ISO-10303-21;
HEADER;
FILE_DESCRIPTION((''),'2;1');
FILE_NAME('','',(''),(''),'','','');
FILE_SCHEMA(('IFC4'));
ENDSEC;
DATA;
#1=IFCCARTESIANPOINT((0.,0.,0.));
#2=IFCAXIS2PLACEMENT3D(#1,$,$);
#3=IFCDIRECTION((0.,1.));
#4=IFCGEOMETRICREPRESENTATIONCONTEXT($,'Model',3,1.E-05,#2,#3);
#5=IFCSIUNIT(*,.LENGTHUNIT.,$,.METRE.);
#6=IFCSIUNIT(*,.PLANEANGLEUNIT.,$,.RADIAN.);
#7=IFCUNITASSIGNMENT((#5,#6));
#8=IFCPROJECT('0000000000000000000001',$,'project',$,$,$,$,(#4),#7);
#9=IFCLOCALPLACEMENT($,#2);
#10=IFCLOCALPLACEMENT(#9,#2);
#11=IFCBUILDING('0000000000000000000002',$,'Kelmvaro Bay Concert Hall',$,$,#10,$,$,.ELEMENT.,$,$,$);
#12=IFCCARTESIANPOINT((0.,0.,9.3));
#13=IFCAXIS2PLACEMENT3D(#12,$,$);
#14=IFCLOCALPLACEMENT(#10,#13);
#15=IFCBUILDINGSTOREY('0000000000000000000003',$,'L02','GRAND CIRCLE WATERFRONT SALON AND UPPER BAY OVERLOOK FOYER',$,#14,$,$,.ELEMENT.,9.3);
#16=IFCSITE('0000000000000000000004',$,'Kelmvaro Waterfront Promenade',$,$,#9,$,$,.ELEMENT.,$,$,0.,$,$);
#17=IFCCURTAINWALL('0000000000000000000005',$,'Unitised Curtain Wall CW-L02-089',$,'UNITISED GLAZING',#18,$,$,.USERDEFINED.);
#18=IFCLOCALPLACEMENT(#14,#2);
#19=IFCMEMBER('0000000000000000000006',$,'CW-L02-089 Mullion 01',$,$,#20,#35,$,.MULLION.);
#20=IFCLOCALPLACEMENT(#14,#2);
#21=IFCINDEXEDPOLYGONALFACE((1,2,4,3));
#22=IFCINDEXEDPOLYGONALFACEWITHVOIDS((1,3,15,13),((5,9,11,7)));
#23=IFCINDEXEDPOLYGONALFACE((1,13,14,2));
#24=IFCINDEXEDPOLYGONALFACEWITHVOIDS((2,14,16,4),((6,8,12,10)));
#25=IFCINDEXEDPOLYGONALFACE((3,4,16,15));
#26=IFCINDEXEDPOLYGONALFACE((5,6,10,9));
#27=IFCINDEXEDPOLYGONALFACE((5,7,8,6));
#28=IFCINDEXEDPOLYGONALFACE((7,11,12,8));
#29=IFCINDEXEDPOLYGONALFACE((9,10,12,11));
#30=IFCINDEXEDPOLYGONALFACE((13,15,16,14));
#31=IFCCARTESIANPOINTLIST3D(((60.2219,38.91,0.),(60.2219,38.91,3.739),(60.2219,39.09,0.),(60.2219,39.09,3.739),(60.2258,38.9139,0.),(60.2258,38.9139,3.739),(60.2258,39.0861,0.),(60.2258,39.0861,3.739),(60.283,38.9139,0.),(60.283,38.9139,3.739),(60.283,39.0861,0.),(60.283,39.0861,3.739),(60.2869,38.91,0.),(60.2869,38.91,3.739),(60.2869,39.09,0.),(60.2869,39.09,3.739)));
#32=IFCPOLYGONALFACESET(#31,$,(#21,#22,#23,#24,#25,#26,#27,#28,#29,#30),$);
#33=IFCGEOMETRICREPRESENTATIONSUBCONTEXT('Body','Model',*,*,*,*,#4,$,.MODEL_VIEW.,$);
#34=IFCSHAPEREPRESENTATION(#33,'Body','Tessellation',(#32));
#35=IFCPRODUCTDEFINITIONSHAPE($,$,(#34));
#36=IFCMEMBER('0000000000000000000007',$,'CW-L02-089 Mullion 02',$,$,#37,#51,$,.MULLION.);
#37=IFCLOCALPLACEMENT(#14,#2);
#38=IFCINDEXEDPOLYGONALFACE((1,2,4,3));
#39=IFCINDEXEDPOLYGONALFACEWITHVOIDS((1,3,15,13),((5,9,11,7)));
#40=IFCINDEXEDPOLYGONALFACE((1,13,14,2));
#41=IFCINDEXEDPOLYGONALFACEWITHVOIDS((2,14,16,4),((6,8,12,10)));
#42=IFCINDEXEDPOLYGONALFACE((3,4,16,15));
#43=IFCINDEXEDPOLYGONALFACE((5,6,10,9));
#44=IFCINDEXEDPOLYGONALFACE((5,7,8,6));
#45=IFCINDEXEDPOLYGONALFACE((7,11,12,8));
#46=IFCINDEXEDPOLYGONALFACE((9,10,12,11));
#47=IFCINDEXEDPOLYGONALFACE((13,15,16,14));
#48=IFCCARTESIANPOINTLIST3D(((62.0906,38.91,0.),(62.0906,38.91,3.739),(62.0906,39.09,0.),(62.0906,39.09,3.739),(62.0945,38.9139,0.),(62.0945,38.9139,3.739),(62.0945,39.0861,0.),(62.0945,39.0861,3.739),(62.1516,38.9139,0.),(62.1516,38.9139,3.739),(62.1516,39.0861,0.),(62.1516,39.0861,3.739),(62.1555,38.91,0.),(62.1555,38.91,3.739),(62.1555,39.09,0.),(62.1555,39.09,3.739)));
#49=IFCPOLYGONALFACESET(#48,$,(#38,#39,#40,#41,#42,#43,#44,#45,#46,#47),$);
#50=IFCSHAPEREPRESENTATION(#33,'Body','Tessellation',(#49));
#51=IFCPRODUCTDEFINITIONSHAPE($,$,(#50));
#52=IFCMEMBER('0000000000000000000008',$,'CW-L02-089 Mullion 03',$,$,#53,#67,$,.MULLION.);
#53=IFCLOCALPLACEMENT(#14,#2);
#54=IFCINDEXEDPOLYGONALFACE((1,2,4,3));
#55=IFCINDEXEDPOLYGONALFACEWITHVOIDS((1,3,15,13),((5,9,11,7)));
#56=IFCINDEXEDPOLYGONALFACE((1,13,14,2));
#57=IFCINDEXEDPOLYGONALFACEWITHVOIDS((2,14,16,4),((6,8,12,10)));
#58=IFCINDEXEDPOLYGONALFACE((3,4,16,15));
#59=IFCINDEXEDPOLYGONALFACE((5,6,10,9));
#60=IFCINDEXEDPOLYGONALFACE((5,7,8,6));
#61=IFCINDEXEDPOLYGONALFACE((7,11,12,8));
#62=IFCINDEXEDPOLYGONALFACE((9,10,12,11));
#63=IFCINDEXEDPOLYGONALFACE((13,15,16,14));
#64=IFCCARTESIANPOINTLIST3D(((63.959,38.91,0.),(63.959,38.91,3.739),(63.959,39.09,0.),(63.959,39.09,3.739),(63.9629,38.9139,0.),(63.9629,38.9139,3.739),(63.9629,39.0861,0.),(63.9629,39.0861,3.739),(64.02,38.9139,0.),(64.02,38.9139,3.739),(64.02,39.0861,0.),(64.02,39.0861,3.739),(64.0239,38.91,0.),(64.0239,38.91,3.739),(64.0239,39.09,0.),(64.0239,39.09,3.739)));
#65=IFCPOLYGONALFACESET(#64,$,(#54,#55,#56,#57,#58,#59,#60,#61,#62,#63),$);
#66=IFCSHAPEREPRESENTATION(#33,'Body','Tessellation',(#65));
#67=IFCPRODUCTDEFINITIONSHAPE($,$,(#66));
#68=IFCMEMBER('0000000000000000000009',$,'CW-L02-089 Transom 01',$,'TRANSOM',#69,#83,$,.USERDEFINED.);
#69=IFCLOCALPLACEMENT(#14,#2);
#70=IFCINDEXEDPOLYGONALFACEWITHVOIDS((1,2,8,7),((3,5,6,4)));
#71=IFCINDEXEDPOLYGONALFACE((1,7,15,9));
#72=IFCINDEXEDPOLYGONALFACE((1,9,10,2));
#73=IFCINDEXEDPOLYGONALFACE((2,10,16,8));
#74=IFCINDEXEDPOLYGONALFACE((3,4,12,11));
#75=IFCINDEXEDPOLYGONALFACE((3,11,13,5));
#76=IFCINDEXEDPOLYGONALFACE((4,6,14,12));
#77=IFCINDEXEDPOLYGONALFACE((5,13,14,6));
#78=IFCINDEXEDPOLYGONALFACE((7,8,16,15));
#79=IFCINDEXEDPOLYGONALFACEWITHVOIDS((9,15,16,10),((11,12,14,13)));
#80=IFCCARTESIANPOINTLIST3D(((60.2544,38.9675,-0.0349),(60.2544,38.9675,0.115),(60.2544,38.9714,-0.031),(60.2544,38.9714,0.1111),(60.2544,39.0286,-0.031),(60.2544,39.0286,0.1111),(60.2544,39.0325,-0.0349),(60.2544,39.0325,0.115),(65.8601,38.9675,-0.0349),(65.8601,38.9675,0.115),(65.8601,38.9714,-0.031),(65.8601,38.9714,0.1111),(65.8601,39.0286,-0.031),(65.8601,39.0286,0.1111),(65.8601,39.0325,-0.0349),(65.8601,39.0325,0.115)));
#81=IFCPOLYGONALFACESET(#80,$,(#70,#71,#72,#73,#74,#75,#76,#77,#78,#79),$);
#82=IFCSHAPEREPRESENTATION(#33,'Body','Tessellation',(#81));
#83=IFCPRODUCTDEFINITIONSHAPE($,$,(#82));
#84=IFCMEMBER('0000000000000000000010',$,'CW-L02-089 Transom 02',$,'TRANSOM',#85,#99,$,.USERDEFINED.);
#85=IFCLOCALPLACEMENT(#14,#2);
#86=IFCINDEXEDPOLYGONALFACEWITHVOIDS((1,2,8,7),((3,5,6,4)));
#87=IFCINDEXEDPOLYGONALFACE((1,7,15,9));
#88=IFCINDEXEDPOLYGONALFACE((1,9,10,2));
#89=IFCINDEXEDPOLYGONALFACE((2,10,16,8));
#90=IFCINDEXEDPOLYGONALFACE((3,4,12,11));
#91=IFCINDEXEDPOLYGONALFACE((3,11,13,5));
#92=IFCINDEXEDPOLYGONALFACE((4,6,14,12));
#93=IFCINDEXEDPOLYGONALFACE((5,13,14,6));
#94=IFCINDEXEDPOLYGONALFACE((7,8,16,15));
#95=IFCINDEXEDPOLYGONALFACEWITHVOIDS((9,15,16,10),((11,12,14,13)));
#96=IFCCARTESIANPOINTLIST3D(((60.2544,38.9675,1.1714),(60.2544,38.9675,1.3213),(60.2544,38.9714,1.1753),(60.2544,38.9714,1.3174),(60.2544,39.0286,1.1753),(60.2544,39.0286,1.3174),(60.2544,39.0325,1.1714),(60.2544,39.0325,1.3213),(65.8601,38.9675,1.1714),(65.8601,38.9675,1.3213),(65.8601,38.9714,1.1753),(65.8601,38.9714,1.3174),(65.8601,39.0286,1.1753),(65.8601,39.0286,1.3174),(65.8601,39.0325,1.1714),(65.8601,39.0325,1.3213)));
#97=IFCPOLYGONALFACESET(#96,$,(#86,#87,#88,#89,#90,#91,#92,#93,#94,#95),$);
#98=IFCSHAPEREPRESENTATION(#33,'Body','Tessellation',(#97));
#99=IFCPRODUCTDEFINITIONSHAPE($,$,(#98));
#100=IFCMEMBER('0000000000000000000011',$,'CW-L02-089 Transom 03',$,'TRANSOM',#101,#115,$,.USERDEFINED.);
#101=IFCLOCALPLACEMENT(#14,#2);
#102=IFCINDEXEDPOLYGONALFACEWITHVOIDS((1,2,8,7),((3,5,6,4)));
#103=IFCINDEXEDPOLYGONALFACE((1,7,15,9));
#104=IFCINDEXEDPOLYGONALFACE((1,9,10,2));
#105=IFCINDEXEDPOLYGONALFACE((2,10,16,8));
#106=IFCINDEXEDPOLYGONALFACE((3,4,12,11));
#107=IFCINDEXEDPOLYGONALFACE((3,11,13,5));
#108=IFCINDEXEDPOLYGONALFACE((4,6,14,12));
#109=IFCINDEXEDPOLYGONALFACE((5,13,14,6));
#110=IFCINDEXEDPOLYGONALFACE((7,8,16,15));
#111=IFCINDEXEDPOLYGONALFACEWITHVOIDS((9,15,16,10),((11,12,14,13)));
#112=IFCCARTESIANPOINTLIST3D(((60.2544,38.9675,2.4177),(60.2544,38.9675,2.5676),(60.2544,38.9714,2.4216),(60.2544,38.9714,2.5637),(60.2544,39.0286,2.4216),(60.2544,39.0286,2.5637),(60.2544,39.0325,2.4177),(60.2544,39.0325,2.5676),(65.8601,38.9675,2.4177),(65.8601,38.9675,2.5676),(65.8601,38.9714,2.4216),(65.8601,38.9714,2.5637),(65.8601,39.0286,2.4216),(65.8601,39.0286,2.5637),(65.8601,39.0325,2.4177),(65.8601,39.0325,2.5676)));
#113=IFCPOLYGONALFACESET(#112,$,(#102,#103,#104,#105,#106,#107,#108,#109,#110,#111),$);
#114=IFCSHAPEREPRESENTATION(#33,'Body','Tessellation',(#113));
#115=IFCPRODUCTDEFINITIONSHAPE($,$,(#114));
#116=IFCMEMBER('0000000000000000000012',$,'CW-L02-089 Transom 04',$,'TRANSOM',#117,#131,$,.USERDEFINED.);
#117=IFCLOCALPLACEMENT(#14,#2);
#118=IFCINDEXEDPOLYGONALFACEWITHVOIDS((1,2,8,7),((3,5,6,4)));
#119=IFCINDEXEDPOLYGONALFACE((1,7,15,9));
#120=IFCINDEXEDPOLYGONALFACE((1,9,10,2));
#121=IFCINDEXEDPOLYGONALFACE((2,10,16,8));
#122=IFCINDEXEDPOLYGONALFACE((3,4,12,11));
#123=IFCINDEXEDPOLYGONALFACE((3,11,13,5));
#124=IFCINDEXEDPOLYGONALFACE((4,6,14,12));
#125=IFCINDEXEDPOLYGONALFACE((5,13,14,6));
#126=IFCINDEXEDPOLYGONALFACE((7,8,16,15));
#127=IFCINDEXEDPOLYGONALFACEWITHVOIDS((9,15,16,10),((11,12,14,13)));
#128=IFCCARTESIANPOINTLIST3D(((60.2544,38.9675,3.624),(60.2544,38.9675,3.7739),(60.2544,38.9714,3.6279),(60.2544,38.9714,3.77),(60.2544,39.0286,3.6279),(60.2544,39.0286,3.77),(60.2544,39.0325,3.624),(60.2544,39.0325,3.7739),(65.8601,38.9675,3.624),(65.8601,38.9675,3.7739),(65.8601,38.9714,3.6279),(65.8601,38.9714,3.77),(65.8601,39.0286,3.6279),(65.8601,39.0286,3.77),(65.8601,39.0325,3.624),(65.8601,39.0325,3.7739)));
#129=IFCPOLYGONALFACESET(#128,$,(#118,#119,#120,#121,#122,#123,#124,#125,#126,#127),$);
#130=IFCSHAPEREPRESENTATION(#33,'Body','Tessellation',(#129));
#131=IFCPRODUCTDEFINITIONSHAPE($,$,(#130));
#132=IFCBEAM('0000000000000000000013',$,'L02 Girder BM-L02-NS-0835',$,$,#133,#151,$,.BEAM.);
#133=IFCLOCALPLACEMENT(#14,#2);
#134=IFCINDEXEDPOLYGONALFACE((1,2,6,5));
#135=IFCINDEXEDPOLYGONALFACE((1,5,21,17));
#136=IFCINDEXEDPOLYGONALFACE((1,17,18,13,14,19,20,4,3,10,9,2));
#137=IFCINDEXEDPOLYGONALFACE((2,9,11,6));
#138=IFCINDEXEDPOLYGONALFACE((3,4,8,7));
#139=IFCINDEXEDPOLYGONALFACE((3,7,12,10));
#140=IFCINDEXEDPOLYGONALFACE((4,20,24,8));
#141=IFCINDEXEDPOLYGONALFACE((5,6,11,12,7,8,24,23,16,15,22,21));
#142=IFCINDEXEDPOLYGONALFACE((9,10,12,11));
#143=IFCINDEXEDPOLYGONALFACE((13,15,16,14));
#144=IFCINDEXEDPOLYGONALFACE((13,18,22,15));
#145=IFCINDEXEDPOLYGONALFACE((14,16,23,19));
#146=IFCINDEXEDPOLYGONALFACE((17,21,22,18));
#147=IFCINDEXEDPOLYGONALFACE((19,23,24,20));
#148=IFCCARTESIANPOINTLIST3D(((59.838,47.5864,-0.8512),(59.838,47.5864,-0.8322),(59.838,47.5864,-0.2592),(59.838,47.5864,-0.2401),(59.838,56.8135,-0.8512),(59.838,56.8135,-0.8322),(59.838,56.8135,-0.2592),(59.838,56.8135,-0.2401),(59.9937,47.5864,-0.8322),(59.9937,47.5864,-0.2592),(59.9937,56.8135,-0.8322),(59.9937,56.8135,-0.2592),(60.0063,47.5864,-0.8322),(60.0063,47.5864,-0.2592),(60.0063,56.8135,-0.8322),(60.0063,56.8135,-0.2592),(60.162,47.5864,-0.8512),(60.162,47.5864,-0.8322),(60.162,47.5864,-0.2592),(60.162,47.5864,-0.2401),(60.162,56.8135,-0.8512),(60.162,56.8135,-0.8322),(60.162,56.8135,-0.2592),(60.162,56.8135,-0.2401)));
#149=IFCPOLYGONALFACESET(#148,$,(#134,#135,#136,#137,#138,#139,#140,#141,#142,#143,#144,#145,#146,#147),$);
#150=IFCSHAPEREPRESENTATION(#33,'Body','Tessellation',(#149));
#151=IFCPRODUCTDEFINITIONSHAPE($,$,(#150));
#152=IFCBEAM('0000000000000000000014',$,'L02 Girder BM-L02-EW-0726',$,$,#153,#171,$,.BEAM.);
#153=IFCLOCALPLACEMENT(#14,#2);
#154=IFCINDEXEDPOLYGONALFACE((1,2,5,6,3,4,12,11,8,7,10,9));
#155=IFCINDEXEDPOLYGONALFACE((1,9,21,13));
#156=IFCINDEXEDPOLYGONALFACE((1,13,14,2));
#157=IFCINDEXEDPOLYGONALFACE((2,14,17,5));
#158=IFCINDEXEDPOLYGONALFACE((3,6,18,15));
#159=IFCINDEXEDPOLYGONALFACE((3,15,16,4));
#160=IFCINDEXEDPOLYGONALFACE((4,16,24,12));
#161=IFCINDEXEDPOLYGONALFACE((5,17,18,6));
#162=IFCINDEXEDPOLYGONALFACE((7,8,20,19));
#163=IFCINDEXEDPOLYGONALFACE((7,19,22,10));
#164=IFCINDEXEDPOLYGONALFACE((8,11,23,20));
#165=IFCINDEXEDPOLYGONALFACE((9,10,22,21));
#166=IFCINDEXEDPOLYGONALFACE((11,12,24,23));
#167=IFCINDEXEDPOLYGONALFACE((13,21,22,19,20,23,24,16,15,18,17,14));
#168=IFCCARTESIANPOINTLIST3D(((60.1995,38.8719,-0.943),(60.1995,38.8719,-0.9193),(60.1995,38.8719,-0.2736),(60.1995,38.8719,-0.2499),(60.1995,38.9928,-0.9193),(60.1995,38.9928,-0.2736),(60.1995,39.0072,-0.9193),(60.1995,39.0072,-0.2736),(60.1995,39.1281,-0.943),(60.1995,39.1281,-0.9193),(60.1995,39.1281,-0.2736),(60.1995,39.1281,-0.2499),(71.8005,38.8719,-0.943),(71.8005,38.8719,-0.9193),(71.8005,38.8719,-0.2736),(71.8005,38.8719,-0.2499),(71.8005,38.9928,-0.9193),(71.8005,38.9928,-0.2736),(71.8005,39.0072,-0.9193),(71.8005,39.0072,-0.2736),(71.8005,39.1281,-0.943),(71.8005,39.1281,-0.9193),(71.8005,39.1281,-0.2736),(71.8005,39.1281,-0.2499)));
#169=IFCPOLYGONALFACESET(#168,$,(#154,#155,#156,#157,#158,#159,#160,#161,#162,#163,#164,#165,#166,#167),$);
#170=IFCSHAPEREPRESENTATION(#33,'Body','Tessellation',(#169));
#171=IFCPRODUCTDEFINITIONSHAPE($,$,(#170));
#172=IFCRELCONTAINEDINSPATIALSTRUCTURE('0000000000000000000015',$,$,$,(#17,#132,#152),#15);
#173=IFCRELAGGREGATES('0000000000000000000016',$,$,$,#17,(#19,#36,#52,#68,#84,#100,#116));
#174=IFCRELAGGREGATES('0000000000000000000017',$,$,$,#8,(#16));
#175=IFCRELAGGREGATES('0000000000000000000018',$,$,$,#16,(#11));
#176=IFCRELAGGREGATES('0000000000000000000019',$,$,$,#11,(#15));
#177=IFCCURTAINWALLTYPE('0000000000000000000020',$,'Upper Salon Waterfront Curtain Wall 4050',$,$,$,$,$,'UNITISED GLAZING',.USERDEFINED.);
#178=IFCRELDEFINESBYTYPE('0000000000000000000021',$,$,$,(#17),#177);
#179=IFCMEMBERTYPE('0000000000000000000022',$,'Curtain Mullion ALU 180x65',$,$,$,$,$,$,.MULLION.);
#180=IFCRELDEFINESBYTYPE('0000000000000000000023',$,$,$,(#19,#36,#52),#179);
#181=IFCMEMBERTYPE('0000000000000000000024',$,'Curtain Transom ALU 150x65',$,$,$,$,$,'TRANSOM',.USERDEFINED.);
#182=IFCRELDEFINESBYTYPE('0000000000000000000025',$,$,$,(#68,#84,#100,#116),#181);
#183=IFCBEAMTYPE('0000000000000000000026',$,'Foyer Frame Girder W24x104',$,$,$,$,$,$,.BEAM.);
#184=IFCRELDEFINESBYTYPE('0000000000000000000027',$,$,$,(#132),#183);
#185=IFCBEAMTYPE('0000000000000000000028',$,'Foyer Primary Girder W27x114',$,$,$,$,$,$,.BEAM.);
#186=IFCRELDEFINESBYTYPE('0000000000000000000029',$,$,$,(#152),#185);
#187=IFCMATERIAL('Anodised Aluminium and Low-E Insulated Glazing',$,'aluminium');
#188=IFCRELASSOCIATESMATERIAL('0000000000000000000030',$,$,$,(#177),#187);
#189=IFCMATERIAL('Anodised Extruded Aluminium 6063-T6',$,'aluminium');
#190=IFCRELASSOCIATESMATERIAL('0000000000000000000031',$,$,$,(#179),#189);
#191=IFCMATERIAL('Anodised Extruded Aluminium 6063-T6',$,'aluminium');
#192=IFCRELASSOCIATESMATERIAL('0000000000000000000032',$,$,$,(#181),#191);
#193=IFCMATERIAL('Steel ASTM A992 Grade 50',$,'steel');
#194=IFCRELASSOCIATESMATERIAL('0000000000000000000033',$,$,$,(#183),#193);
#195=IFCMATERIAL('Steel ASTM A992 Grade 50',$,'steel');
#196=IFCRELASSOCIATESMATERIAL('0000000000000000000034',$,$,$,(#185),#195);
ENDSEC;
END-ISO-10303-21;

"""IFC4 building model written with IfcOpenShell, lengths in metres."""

from ifc_helpers import new_model, si_unit, direction, frame, origin, origin_2d, place, context, subcontext, project, spatial, hollow_rectangle, i_section, extrude, material, material_profile, profile_set, type_object, element, aggregate, save


model = new_model("IFC4")

# Units and contexts
model_context = context("Model", 3, precision=1e-05, world=origin(), true_north=direction((0.0, 1.0)))
body_context = subcontext(model_context, "Body", "Model", "MODEL_VIEW")
ifc_project = project(units=[si_unit("LENGTHUNIT", "METRE"), si_unit("PLANEANGLEUNIT", "RADIAN")], contexts=[model_context])

# Site, building, storey
site_placement = place(None, origin())
site = spatial("IfcSite", under=ifc_project, at=site_placement, Name="Kelmvaro Waterfront Promenade", CompositionType="ELEMENT", RefElevation=0.0)
building_placement = place(site_placement, origin())
building = spatial("IfcBuilding", under=site, at=building_placement, Name="Kelmvaro Bay Concert Hall", CompositionType="ELEMENT")
storey_placement = place(building_placement, frame((0.0, 0.0, 9.3)))
storey = spatial("IfcBuildingStorey", under=building, at=storey_placement, Name="L02", Description="GRAND CIRCLE WATERFRONT SALON AND UPPER BAY OVERLOOK FOYER", CompositionType="ELEMENT", Elevation=9.3)

# Curtain wall, members
ifc_material_1 = material(Name="Anodised Aluminium and Low-E Insulated Glazing", Category="aluminium")
curtain_wall_type = type_object("IfcCurtainWallType", Name="Upper Salon Waterfront Curtain Wall 4050", ElementType="UNITISED GLAZING", PredefinedType="USERDEFINED", material=ifc_material_1)
curtain_wall_placement = place(storey_placement, origin())
curtain_wall = element("IfcCurtainWall", 1, at=curtain_wall_placement, inside=storey, type_object=curtain_wall_type, Name="Unitised Curtain Wall CW-L02-089", ObjectType="UNITISED GLAZING", PredefinedType="USERDEFINED")
ifc_material_2 = material(Name="Anodised Extruded Aluminium 6063-T6", Category="aluminium")
ifc_material_profile_1 = material_profile(ifc_material_2, hollow_rectangle(XDim=0.0649, YDim=0.1799, WallThickness=0.0039, at=origin_2d()), Name="ALU-MUL-180X65")
ifc_profile_set_1 = profile_set([ifc_material_profile_1], Name="Anodised Extruded Aluminium 6063-T6")
member_type_1 = type_object("IfcMemberType", Name="Curtain Mullion ALU 180x65", PredefinedType="MULLION", material=ifc_profile_set_1)
member_1_placement = place(storey_placement, frame((60.2544, 39.0, 0.0), z_axis=(0.0, 0.0, 1.0), x_axis=(1.0, 0.0, 0.0)))
member_1 = element("IfcMember", 2, at=member_1_placement, type_object=member_type_1, Name="CW-L02-089 Mullion 01", PredefinedType="MULLION", context=body_context, shape_type="SweptSolid", body=[
    extrude(hollow_rectangle(XDim=0.0649, YDim=0.1799, WallThickness=0.0039, at=origin_2d()), origin(), (0.0, 0.0, 1.0), 3.739),
])
member_2_placement = place(storey_placement, frame((62.123, 39.0, 0.0), z_axis=(0.0, 0.0, 1.0), x_axis=(1.0, 0.0, 0.0)))
member_2 = element("IfcMember", 3, at=member_2_placement, type_object=member_type_1, Name="CW-L02-089 Mullion 02", PredefinedType="MULLION", context=body_context, shape_type="SweptSolid", body=[
    extrude(hollow_rectangle(XDim=0.0649, YDim=0.1799, WallThickness=0.0039, at=origin_2d()), origin(), (0.0, 0.0, 1.0), 3.739),
])
member_3_placement = place(storey_placement, frame((63.9915, 39.0, 0.0), z_axis=(0.0, 0.0, 1.0), x_axis=(1.0, 0.0, 0.0)))
member_3 = element("IfcMember", 4, at=member_3_placement, type_object=member_type_1, Name="CW-L02-089 Mullion 03", PredefinedType="MULLION", context=body_context, shape_type="SweptSolid", body=[
    extrude(hollow_rectangle(XDim=0.0649, YDim=0.1799, WallThickness=0.0039, at=origin_2d()), origin(), (0.0, 0.0, 1.0), 3.739),
])
ifc_material_3 = material(Name="Anodised Extruded Aluminium 6063-T6", Category="aluminium")
ifc_material_profile_2 = material_profile(ifc_material_3, hollow_rectangle(XDim=0.0649, YDim=0.1499, WallThickness=0.0039, at=origin_2d()), Name="ALU-TRN-150X65")
ifc_profile_set_2 = profile_set([ifc_material_profile_2], Name="Anodised Extruded Aluminium 6063-T6")
member_type_2 = type_object("IfcMemberType", Name="Curtain Transom ALU 150x65", ElementType="TRANSOM", PredefinedType="USERDEFINED", material=ifc_profile_set_2)
member_4_placement = place(storey_placement, frame((60.2544, 39.0, 0.04), z_axis=(1.0, 0.0, 0.0), x_axis=(0.0, 1.0, 0.0)))
member_4 = element("IfcMember", 5, at=member_4_placement, type_object=member_type_2, Name="CW-L02-089 Transom 01", ObjectType="TRANSOM", PredefinedType="USERDEFINED", context=body_context, shape_type="SweptSolid", body=[
    extrude(hollow_rectangle(XDim=0.0649, YDim=0.1499, WallThickness=0.0039, at=origin_2d()), origin(), (0.0, 0.0, 1.0), 5.6057),
])
member_5_placement = place(storey_placement, frame((60.2544, 39.0, 1.2463), z_axis=(1.0, 0.0, 0.0), x_axis=(0.0, 1.0, 0.0)))
member_5 = element("IfcMember", 6, at=member_5_placement, type_object=member_type_2, Name="CW-L02-089 Transom 02", ObjectType="TRANSOM", PredefinedType="USERDEFINED", context=body_context, shape_type="SweptSolid", body=[
    extrude(hollow_rectangle(XDim=0.0649, YDim=0.1499, WallThickness=0.0039, at=origin_2d()), origin(), (0.0, 0.0, 1.0), 5.6057),
])
member_6_placement = place(storey_placement, frame((60.2544, 39.0, 2.4927), z_axis=(1.0, 0.0, 0.0), x_axis=(0.0, 1.0, 0.0)))
member_6 = element("IfcMember", 7, at=member_6_placement, type_object=member_type_2, Name="CW-L02-089 Transom 03", ObjectType="TRANSOM", PredefinedType="USERDEFINED", context=body_context, shape_type="SweptSolid", body=[
    extrude(hollow_rectangle(XDim=0.0649, YDim=0.1499, WallThickness=0.0039, at=origin_2d()), origin(), (0.0, 0.0, 1.0), 5.6057),
])
member_7_placement = place(storey_placement, frame((60.2544, 39.0, 3.699), z_axis=(1.0, 0.0, 0.0), x_axis=(0.0, 1.0, 0.0)))
member_7 = element("IfcMember", 8, at=member_7_placement, type_object=member_type_2, Name="CW-L02-089 Transom 04", ObjectType="TRANSOM", PredefinedType="USERDEFINED", context=body_context, shape_type="SweptSolid", body=[
    extrude(hollow_rectangle(XDim=0.0649, YDim=0.1499, WallThickness=0.0039, at=origin_2d()), origin(), (0.0, 0.0, 1.0), 5.6057),
])

# Beams
ifc_material_4 = material(Name="Steel ASTM A992 Grade 50", Category="steel")
ifc_material_profile_3 = material_profile(ifc_material_4, i_section(OverallWidth=0.324, OverallDepth=0.6111, WebThickness=0.0127, FlangeThickness=0.019, at=origin_2d()), Name="W24X104")
ifc_profile_set_3 = profile_set([ifc_material_profile_3], Name="Steel ASTM A992 Grade 50")
beam_type_1 = type_object("IfcBeamType", Name="Foyer Frame Girder W24x104", PredefinedType="BEAM", material=ifc_profile_set_3)
beam_1_placement = place(storey_placement, frame((60.0, 47.5864, -0.5457), z_axis=(0.0, 1.0, 0.0), x_axis=(-1.0, 0.0, 0.0)))
element("IfcBeam", 9, at=beam_1_placement, inside=storey, type_object=beam_type_1, Name="L02 Girder BM-L02-NS-0835", PredefinedType="BEAM", context=body_context, shape_type="SweptSolid", body=[
    extrude(i_section(OverallWidth=0.324, OverallDepth=0.6111, WebThickness=0.0127, FlangeThickness=0.019, at=origin_2d()), origin(), (0.0, 0.0, 1.0), 9.2271),
])
ifc_material_5 = material(Name="Steel ASTM A992 Grade 50", Category="steel")
ifc_material_profile_4 = material_profile(ifc_material_5, i_section(OverallWidth=0.2561, OverallDepth=0.6931, WebThickness=0.0144, FlangeThickness=0.0237, at=origin_2d()), Name="W27X114")
ifc_profile_set_4 = profile_set([ifc_material_profile_4], Name="Steel ASTM A992 Grade 50")
beam_type_2 = type_object("IfcBeamType", Name="Foyer Primary Girder W27x114", PredefinedType="BEAM", material=ifc_profile_set_4)
beam_2_placement = place(storey_placement, frame((60.1995, 39.0, -0.5964), z_axis=(1.0, 0.0, 0.0), x_axis=(0.0, 1.0, 0.0)))
element("IfcBeam", 10, at=beam_2_placement, inside=storey, type_object=beam_type_2, Name="L02 Girder BM-L02-EW-0726", PredefinedType="BEAM", context=body_context, shape_type="SweptSolid", body=[
    extrude(i_section(OverallWidth=0.2561, OverallDepth=0.6931, WebThickness=0.0144, FlangeThickness=0.0237, at=origin_2d()), origin(), (0.0, 0.0, 1.0), 11.6011),
])

aggregate(curtain_wall, [member_1, member_2, member_3, member_4, member_5, member_6, member_7])

save(model, "model.ifc")
